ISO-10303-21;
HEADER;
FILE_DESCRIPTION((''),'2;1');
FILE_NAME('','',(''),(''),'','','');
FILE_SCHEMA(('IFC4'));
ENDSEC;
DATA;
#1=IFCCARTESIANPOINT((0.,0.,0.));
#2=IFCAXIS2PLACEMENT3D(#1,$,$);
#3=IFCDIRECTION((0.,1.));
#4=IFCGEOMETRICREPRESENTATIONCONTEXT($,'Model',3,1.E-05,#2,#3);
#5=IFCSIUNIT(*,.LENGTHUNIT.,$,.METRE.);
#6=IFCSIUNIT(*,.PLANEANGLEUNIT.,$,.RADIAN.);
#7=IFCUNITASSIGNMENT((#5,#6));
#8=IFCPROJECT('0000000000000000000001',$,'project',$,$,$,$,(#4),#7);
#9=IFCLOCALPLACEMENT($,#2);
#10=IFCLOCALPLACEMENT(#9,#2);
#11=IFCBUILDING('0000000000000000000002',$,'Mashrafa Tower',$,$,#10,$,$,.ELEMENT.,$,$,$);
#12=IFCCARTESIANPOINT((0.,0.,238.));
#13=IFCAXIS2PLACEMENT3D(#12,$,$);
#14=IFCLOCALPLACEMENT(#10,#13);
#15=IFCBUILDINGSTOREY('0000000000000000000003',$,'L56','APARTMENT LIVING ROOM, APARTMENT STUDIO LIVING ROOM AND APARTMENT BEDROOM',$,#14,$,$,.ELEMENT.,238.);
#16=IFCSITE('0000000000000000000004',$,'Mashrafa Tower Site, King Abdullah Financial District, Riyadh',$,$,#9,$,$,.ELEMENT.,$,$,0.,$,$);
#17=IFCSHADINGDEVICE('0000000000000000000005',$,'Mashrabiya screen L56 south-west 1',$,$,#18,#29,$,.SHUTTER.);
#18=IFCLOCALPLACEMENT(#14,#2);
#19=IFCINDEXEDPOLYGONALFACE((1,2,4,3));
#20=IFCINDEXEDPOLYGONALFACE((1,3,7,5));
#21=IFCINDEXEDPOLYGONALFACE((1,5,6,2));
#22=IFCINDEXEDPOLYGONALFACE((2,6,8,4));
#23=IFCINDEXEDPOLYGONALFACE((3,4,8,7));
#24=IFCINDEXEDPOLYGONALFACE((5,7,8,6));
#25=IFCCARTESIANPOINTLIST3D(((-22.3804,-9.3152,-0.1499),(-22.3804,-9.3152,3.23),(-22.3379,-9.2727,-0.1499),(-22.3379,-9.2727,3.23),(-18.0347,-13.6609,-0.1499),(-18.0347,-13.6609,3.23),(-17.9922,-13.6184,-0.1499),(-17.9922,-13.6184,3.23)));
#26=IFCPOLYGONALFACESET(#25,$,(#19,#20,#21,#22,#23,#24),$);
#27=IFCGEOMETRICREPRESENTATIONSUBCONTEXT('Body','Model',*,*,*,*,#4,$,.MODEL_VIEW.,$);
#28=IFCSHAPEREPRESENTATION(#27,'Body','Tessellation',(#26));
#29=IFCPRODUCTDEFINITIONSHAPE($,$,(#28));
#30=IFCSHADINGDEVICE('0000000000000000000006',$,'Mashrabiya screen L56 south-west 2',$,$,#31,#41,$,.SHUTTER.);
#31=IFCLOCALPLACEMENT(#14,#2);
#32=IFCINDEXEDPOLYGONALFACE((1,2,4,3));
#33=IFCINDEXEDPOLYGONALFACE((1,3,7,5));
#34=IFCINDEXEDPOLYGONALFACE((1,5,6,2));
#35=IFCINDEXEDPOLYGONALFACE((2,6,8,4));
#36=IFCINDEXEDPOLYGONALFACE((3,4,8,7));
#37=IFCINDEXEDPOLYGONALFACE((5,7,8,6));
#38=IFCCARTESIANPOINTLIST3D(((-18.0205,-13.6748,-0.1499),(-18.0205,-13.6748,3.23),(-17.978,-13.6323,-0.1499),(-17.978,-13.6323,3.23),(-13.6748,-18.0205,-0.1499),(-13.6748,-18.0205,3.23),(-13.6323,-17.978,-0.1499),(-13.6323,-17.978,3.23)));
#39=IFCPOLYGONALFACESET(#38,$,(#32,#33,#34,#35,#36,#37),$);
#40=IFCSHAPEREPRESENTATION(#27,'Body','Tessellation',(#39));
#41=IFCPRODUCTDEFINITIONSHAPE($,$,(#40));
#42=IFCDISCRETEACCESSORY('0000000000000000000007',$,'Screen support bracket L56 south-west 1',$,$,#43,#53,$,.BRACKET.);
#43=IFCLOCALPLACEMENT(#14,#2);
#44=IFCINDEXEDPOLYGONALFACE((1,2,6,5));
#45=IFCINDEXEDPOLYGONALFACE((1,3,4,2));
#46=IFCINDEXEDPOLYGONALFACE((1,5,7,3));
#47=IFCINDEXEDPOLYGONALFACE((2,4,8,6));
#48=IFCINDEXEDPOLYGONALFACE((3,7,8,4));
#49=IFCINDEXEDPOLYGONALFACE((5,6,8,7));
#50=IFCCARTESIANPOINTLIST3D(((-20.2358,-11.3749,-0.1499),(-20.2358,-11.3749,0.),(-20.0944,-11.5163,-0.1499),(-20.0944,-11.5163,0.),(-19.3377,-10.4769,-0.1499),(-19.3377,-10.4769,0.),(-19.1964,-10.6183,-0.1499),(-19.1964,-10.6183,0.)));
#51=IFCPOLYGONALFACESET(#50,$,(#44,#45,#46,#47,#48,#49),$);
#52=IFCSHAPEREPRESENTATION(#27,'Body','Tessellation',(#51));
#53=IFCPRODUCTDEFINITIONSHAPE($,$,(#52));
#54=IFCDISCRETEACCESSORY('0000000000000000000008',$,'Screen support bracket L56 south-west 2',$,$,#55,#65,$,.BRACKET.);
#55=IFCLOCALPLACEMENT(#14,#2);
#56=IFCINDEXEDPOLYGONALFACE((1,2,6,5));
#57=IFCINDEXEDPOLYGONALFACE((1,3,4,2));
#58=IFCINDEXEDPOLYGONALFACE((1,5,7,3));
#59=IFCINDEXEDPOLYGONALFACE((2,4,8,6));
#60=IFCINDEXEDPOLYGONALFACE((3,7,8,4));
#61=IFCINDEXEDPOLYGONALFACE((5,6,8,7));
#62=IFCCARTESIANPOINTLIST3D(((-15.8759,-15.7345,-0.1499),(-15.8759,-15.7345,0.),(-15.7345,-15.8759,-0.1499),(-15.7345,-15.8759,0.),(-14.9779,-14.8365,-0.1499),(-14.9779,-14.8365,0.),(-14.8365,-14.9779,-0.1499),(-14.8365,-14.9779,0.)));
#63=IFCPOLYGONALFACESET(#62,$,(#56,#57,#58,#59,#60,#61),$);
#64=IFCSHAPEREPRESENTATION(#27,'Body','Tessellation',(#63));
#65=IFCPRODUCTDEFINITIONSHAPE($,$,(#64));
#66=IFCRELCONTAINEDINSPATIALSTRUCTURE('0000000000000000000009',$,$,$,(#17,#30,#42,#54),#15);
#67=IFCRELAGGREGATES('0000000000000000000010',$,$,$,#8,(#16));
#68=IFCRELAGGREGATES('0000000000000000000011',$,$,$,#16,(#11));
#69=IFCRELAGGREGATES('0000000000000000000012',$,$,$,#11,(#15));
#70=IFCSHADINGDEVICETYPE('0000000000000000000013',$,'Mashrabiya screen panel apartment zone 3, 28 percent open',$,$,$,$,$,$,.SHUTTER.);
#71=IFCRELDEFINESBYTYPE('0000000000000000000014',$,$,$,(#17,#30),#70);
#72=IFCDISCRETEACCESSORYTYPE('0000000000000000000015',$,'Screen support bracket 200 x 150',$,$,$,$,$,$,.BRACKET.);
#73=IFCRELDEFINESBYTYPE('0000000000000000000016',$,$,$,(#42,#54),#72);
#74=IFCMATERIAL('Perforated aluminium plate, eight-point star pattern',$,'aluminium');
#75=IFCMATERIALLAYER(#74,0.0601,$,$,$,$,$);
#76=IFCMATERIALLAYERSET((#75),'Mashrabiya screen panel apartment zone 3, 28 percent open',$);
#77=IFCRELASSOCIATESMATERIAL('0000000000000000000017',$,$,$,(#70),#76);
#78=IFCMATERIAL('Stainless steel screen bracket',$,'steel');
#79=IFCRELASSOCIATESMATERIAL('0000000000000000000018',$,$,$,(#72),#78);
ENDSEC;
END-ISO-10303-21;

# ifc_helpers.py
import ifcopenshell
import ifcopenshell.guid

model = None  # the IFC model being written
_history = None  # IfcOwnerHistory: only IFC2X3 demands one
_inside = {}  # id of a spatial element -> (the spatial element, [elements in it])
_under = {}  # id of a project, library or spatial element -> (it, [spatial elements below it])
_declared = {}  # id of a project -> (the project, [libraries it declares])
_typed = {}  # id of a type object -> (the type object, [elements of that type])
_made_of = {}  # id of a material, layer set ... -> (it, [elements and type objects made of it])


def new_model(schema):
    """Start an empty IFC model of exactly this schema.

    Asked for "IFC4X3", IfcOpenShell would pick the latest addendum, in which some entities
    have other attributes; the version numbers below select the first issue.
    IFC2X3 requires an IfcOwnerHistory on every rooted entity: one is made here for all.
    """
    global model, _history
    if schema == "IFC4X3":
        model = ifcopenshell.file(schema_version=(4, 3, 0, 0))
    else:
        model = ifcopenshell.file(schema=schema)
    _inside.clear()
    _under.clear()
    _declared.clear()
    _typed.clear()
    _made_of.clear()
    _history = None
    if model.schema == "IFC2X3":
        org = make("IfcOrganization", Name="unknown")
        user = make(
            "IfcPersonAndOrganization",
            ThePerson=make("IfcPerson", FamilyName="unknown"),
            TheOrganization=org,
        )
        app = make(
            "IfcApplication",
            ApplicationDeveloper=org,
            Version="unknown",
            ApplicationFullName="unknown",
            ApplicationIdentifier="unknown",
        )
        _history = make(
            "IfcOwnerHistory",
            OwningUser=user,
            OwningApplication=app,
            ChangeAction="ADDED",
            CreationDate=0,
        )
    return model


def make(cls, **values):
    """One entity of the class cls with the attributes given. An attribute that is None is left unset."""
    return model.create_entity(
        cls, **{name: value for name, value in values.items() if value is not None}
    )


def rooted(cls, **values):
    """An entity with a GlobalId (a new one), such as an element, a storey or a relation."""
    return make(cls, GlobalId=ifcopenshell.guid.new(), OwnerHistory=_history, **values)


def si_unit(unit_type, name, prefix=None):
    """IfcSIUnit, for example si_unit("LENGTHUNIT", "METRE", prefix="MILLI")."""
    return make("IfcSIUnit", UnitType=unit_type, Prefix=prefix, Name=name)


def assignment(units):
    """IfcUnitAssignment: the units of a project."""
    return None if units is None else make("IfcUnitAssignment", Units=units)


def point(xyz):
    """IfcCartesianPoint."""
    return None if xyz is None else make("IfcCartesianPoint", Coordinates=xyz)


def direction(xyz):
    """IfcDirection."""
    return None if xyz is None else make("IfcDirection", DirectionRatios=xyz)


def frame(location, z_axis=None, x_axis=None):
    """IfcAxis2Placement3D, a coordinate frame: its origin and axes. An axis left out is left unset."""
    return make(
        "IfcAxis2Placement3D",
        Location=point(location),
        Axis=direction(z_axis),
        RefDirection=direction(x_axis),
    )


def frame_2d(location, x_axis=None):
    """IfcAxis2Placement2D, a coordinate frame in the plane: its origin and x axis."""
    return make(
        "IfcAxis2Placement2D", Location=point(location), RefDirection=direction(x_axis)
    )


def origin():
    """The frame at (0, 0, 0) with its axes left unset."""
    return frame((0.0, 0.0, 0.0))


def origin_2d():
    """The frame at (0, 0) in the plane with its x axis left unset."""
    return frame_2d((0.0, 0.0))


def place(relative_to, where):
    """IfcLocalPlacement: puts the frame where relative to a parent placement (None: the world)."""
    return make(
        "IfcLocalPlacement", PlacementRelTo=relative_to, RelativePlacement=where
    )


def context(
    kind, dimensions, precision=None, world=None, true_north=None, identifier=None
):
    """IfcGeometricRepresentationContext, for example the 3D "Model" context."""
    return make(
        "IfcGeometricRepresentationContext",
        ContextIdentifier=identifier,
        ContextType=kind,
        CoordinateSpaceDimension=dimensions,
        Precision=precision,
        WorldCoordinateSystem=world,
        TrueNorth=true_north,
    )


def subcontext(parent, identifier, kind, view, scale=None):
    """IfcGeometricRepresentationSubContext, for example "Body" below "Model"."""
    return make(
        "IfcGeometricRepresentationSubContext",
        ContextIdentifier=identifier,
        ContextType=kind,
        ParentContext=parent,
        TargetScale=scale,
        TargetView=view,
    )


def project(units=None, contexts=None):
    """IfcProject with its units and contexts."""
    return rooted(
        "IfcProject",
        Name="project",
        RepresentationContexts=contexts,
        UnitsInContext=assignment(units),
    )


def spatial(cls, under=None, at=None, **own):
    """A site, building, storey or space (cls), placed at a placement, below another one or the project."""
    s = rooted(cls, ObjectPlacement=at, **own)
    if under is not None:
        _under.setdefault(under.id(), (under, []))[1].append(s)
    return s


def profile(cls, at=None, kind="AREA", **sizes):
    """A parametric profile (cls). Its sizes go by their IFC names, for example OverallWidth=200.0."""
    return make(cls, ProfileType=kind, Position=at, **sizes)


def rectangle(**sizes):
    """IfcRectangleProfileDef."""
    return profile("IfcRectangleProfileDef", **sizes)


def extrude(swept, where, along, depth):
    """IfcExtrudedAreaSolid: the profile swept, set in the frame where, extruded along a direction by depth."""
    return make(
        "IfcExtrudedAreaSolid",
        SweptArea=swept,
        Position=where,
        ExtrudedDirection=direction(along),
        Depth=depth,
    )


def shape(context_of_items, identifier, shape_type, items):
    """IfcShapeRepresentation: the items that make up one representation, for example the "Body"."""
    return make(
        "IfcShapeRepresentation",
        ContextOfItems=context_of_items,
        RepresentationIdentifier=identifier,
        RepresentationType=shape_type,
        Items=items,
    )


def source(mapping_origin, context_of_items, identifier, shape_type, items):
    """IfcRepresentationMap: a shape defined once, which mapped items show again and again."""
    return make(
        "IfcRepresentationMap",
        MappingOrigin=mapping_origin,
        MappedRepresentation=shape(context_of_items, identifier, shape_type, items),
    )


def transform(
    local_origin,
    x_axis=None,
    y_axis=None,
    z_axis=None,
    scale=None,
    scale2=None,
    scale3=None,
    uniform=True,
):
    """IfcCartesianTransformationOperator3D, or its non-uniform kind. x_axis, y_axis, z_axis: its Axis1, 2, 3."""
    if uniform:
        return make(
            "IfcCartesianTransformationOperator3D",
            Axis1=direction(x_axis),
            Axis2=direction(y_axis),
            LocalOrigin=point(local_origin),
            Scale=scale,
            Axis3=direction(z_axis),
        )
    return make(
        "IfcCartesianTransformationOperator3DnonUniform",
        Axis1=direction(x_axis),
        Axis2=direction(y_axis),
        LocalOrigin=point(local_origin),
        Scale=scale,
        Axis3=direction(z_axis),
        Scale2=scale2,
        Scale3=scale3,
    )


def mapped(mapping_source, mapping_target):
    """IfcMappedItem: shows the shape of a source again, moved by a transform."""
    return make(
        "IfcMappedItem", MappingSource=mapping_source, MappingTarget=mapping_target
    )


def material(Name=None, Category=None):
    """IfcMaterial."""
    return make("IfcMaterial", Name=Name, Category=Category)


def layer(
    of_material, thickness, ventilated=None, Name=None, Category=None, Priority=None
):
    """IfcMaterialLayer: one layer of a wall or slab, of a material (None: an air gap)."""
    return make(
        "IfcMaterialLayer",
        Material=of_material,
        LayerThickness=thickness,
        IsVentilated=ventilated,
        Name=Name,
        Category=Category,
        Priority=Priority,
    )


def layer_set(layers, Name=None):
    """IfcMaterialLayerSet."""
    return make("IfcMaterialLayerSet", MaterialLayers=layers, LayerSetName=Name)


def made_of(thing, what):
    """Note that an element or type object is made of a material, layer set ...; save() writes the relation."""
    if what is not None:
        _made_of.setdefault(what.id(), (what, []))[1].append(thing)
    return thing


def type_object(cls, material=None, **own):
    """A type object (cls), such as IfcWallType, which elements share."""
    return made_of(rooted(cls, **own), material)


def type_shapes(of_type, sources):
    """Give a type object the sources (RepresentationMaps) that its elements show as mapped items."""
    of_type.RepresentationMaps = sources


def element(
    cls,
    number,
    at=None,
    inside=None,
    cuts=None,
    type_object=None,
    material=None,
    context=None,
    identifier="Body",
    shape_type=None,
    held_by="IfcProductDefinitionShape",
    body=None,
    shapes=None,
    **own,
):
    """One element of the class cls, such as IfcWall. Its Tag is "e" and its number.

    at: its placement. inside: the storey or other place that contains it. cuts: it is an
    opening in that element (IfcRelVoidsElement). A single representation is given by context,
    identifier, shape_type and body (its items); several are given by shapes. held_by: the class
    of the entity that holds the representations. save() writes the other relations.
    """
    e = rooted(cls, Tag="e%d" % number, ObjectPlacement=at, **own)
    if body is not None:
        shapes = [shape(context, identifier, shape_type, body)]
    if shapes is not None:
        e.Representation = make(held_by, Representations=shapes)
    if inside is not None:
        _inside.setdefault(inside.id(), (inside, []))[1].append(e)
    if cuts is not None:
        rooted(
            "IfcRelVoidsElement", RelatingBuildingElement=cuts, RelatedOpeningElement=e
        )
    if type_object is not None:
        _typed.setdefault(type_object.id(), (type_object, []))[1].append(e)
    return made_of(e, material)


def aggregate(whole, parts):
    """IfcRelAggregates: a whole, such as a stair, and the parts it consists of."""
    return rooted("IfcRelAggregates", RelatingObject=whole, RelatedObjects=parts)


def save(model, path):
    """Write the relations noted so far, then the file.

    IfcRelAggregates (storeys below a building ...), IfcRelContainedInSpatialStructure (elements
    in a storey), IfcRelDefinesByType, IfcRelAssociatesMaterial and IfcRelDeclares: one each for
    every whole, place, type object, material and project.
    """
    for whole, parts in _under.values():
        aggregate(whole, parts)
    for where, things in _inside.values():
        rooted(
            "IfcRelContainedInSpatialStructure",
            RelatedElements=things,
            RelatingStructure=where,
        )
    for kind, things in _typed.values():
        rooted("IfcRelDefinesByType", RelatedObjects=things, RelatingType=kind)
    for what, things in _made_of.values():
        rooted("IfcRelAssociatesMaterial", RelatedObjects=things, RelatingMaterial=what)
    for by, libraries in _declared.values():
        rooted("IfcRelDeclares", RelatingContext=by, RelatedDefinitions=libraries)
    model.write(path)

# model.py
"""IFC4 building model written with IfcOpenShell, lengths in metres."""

from ifc_helpers import new_model, si_unit, direction, frame, origin, origin_2d, place, context, subcontext, project, spatial, rectangle, extrude, source, transform, mapped, material, layer, layer_set, type_object, type_shapes, element, save


model = new_model("IFC4")

# Units and contexts
model_context = context("Model", 3, precision=1e-05, world=origin(), true_north=direction((0.0, 1.0)))
body_context = subcontext(model_context, "Body", "Model", "MODEL_VIEW")
ifc_project = project(units=[si_unit("LENGTHUNIT", "METRE"), si_unit("PLANEANGLEUNIT", "RADIAN")], contexts=[model_context])

# Site, building, storey
site_placement = place(None, origin())
site = spatial("IfcSite", under=ifc_project, at=site_placement, Name="Mashrafa Tower Site, King Abdullah Financial District, Riyadh", CompositionType="ELEMENT", RefElevation=0.0)
building_placement = place(site_placement, origin())
building = spatial("IfcBuilding", under=site, at=building_placement, Name="Mashrafa Tower", CompositionType="ELEMENT")
storey_placement = place(building_placement, frame((0.0, 0.0, 238.0)))
storey = spatial("IfcBuildingStorey", under=building, at=storey_placement, Name="L56", Description="APARTMENT LIVING ROOM, APARTMENT STUDIO LIVING ROOM AND APARTMENT BEDROOM", CompositionType="ELEMENT", Elevation=238.0)

# Shading devices
ifc_material_1 = material(Name="Perforated aluminium plate, eight-point star pattern", Category="aluminium")
ifc_layer_1 = layer(ifc_material_1, 0.0601)
ifc_layer_set_1 = layer_set([ifc_layer_1], Name="Mashrabiya screen panel apartment zone 3, 28 percent open")
shading_device_type = type_object("IfcShadingDeviceType", Name="Mashrabiya screen panel apartment zone 3, 28 percent open", PredefinedType="SHUTTER", material=ifc_layer_set_1)
shared_shape_1 = source(origin(), body_context, "Body", "SweptSolid", [
    extrude(rectangle(XDim=6.1458, YDim=0.0601, at=origin_2d()), origin(), (0.0, 0.0, 1.0), 3.3799),
])
type_shapes(shading_device_type, [shared_shape_1])
for number, where, z_axis, x_axis, name in (
    (1, (-20.1863, -11.4668, -0.1499), (0.0, 0.0, 1.0), (0.707107, -0.707107, 0.0), "Mashrabiya screen L56 south-west 1"),
    (2, (-15.8264, -15.8264, -0.1499), (0.0, 0.0, 1.0), (0.707107, -0.707107, 0.0), "Mashrabiya screen L56 south-west 2"),
):
    element("IfcShadingDevice", number, at=place(storey_placement, frame(where, z_axis=z_axis, x_axis=x_axis)), inside=storey, type_object=shading_device_type, Name=name, PredefinedType="SHUTTER", context=body_context, shape_type="MappedRepresentation", body=[
        mapped(shared_shape_1, transform((0.0, 0.0, 0.0))),
    ])

# Discrete accessories
ifc_material_2 = material(Name="Stainless steel screen bracket", Category="steel")
discrete_accessory_type = type_object("IfcDiscreteAccessoryType", Name="Screen support bracket 200 x 150", PredefinedType="BRACKET", material=ifc_material_2)
shared_shape_2 = source(origin(), body_context, "Body", "SweptSolid", [
    extrude(rectangle(XDim=0.2, YDim=1.27, at=origin_2d()), origin(), (0.0, 0.0, 1.0), 0.1499),
])
type_shapes(discrete_accessory_type, [shared_shape_2])
for number, where, z_axis, x_axis, name in (
    (3, (-19.7161, -10.9966, -0.1499), (0.0, 0.0, 1.0), (0.707107, -0.707107, 0.0), "Screen support bracket L56 south-west 1"),
    (4, (-15.3562, -15.3562, -0.1499), (0.0, 0.0, 1.0), (0.707107, -0.707107, 0.0), "Screen support bracket L56 south-west 2"),
):
    element("IfcDiscreteAccessory", number, at=place(storey_placement, frame(where, z_axis=z_axis, x_axis=x_axis)), inside=storey, type_object=discrete_accessory_type, Name=name, PredefinedType="BRACKET", context=body_context, shape_type="MappedRepresentation", body=[
        mapped(shared_shape_2, transform((0.0, 0.0, 0.0))),
    ])

save(model, "model.ifc")
